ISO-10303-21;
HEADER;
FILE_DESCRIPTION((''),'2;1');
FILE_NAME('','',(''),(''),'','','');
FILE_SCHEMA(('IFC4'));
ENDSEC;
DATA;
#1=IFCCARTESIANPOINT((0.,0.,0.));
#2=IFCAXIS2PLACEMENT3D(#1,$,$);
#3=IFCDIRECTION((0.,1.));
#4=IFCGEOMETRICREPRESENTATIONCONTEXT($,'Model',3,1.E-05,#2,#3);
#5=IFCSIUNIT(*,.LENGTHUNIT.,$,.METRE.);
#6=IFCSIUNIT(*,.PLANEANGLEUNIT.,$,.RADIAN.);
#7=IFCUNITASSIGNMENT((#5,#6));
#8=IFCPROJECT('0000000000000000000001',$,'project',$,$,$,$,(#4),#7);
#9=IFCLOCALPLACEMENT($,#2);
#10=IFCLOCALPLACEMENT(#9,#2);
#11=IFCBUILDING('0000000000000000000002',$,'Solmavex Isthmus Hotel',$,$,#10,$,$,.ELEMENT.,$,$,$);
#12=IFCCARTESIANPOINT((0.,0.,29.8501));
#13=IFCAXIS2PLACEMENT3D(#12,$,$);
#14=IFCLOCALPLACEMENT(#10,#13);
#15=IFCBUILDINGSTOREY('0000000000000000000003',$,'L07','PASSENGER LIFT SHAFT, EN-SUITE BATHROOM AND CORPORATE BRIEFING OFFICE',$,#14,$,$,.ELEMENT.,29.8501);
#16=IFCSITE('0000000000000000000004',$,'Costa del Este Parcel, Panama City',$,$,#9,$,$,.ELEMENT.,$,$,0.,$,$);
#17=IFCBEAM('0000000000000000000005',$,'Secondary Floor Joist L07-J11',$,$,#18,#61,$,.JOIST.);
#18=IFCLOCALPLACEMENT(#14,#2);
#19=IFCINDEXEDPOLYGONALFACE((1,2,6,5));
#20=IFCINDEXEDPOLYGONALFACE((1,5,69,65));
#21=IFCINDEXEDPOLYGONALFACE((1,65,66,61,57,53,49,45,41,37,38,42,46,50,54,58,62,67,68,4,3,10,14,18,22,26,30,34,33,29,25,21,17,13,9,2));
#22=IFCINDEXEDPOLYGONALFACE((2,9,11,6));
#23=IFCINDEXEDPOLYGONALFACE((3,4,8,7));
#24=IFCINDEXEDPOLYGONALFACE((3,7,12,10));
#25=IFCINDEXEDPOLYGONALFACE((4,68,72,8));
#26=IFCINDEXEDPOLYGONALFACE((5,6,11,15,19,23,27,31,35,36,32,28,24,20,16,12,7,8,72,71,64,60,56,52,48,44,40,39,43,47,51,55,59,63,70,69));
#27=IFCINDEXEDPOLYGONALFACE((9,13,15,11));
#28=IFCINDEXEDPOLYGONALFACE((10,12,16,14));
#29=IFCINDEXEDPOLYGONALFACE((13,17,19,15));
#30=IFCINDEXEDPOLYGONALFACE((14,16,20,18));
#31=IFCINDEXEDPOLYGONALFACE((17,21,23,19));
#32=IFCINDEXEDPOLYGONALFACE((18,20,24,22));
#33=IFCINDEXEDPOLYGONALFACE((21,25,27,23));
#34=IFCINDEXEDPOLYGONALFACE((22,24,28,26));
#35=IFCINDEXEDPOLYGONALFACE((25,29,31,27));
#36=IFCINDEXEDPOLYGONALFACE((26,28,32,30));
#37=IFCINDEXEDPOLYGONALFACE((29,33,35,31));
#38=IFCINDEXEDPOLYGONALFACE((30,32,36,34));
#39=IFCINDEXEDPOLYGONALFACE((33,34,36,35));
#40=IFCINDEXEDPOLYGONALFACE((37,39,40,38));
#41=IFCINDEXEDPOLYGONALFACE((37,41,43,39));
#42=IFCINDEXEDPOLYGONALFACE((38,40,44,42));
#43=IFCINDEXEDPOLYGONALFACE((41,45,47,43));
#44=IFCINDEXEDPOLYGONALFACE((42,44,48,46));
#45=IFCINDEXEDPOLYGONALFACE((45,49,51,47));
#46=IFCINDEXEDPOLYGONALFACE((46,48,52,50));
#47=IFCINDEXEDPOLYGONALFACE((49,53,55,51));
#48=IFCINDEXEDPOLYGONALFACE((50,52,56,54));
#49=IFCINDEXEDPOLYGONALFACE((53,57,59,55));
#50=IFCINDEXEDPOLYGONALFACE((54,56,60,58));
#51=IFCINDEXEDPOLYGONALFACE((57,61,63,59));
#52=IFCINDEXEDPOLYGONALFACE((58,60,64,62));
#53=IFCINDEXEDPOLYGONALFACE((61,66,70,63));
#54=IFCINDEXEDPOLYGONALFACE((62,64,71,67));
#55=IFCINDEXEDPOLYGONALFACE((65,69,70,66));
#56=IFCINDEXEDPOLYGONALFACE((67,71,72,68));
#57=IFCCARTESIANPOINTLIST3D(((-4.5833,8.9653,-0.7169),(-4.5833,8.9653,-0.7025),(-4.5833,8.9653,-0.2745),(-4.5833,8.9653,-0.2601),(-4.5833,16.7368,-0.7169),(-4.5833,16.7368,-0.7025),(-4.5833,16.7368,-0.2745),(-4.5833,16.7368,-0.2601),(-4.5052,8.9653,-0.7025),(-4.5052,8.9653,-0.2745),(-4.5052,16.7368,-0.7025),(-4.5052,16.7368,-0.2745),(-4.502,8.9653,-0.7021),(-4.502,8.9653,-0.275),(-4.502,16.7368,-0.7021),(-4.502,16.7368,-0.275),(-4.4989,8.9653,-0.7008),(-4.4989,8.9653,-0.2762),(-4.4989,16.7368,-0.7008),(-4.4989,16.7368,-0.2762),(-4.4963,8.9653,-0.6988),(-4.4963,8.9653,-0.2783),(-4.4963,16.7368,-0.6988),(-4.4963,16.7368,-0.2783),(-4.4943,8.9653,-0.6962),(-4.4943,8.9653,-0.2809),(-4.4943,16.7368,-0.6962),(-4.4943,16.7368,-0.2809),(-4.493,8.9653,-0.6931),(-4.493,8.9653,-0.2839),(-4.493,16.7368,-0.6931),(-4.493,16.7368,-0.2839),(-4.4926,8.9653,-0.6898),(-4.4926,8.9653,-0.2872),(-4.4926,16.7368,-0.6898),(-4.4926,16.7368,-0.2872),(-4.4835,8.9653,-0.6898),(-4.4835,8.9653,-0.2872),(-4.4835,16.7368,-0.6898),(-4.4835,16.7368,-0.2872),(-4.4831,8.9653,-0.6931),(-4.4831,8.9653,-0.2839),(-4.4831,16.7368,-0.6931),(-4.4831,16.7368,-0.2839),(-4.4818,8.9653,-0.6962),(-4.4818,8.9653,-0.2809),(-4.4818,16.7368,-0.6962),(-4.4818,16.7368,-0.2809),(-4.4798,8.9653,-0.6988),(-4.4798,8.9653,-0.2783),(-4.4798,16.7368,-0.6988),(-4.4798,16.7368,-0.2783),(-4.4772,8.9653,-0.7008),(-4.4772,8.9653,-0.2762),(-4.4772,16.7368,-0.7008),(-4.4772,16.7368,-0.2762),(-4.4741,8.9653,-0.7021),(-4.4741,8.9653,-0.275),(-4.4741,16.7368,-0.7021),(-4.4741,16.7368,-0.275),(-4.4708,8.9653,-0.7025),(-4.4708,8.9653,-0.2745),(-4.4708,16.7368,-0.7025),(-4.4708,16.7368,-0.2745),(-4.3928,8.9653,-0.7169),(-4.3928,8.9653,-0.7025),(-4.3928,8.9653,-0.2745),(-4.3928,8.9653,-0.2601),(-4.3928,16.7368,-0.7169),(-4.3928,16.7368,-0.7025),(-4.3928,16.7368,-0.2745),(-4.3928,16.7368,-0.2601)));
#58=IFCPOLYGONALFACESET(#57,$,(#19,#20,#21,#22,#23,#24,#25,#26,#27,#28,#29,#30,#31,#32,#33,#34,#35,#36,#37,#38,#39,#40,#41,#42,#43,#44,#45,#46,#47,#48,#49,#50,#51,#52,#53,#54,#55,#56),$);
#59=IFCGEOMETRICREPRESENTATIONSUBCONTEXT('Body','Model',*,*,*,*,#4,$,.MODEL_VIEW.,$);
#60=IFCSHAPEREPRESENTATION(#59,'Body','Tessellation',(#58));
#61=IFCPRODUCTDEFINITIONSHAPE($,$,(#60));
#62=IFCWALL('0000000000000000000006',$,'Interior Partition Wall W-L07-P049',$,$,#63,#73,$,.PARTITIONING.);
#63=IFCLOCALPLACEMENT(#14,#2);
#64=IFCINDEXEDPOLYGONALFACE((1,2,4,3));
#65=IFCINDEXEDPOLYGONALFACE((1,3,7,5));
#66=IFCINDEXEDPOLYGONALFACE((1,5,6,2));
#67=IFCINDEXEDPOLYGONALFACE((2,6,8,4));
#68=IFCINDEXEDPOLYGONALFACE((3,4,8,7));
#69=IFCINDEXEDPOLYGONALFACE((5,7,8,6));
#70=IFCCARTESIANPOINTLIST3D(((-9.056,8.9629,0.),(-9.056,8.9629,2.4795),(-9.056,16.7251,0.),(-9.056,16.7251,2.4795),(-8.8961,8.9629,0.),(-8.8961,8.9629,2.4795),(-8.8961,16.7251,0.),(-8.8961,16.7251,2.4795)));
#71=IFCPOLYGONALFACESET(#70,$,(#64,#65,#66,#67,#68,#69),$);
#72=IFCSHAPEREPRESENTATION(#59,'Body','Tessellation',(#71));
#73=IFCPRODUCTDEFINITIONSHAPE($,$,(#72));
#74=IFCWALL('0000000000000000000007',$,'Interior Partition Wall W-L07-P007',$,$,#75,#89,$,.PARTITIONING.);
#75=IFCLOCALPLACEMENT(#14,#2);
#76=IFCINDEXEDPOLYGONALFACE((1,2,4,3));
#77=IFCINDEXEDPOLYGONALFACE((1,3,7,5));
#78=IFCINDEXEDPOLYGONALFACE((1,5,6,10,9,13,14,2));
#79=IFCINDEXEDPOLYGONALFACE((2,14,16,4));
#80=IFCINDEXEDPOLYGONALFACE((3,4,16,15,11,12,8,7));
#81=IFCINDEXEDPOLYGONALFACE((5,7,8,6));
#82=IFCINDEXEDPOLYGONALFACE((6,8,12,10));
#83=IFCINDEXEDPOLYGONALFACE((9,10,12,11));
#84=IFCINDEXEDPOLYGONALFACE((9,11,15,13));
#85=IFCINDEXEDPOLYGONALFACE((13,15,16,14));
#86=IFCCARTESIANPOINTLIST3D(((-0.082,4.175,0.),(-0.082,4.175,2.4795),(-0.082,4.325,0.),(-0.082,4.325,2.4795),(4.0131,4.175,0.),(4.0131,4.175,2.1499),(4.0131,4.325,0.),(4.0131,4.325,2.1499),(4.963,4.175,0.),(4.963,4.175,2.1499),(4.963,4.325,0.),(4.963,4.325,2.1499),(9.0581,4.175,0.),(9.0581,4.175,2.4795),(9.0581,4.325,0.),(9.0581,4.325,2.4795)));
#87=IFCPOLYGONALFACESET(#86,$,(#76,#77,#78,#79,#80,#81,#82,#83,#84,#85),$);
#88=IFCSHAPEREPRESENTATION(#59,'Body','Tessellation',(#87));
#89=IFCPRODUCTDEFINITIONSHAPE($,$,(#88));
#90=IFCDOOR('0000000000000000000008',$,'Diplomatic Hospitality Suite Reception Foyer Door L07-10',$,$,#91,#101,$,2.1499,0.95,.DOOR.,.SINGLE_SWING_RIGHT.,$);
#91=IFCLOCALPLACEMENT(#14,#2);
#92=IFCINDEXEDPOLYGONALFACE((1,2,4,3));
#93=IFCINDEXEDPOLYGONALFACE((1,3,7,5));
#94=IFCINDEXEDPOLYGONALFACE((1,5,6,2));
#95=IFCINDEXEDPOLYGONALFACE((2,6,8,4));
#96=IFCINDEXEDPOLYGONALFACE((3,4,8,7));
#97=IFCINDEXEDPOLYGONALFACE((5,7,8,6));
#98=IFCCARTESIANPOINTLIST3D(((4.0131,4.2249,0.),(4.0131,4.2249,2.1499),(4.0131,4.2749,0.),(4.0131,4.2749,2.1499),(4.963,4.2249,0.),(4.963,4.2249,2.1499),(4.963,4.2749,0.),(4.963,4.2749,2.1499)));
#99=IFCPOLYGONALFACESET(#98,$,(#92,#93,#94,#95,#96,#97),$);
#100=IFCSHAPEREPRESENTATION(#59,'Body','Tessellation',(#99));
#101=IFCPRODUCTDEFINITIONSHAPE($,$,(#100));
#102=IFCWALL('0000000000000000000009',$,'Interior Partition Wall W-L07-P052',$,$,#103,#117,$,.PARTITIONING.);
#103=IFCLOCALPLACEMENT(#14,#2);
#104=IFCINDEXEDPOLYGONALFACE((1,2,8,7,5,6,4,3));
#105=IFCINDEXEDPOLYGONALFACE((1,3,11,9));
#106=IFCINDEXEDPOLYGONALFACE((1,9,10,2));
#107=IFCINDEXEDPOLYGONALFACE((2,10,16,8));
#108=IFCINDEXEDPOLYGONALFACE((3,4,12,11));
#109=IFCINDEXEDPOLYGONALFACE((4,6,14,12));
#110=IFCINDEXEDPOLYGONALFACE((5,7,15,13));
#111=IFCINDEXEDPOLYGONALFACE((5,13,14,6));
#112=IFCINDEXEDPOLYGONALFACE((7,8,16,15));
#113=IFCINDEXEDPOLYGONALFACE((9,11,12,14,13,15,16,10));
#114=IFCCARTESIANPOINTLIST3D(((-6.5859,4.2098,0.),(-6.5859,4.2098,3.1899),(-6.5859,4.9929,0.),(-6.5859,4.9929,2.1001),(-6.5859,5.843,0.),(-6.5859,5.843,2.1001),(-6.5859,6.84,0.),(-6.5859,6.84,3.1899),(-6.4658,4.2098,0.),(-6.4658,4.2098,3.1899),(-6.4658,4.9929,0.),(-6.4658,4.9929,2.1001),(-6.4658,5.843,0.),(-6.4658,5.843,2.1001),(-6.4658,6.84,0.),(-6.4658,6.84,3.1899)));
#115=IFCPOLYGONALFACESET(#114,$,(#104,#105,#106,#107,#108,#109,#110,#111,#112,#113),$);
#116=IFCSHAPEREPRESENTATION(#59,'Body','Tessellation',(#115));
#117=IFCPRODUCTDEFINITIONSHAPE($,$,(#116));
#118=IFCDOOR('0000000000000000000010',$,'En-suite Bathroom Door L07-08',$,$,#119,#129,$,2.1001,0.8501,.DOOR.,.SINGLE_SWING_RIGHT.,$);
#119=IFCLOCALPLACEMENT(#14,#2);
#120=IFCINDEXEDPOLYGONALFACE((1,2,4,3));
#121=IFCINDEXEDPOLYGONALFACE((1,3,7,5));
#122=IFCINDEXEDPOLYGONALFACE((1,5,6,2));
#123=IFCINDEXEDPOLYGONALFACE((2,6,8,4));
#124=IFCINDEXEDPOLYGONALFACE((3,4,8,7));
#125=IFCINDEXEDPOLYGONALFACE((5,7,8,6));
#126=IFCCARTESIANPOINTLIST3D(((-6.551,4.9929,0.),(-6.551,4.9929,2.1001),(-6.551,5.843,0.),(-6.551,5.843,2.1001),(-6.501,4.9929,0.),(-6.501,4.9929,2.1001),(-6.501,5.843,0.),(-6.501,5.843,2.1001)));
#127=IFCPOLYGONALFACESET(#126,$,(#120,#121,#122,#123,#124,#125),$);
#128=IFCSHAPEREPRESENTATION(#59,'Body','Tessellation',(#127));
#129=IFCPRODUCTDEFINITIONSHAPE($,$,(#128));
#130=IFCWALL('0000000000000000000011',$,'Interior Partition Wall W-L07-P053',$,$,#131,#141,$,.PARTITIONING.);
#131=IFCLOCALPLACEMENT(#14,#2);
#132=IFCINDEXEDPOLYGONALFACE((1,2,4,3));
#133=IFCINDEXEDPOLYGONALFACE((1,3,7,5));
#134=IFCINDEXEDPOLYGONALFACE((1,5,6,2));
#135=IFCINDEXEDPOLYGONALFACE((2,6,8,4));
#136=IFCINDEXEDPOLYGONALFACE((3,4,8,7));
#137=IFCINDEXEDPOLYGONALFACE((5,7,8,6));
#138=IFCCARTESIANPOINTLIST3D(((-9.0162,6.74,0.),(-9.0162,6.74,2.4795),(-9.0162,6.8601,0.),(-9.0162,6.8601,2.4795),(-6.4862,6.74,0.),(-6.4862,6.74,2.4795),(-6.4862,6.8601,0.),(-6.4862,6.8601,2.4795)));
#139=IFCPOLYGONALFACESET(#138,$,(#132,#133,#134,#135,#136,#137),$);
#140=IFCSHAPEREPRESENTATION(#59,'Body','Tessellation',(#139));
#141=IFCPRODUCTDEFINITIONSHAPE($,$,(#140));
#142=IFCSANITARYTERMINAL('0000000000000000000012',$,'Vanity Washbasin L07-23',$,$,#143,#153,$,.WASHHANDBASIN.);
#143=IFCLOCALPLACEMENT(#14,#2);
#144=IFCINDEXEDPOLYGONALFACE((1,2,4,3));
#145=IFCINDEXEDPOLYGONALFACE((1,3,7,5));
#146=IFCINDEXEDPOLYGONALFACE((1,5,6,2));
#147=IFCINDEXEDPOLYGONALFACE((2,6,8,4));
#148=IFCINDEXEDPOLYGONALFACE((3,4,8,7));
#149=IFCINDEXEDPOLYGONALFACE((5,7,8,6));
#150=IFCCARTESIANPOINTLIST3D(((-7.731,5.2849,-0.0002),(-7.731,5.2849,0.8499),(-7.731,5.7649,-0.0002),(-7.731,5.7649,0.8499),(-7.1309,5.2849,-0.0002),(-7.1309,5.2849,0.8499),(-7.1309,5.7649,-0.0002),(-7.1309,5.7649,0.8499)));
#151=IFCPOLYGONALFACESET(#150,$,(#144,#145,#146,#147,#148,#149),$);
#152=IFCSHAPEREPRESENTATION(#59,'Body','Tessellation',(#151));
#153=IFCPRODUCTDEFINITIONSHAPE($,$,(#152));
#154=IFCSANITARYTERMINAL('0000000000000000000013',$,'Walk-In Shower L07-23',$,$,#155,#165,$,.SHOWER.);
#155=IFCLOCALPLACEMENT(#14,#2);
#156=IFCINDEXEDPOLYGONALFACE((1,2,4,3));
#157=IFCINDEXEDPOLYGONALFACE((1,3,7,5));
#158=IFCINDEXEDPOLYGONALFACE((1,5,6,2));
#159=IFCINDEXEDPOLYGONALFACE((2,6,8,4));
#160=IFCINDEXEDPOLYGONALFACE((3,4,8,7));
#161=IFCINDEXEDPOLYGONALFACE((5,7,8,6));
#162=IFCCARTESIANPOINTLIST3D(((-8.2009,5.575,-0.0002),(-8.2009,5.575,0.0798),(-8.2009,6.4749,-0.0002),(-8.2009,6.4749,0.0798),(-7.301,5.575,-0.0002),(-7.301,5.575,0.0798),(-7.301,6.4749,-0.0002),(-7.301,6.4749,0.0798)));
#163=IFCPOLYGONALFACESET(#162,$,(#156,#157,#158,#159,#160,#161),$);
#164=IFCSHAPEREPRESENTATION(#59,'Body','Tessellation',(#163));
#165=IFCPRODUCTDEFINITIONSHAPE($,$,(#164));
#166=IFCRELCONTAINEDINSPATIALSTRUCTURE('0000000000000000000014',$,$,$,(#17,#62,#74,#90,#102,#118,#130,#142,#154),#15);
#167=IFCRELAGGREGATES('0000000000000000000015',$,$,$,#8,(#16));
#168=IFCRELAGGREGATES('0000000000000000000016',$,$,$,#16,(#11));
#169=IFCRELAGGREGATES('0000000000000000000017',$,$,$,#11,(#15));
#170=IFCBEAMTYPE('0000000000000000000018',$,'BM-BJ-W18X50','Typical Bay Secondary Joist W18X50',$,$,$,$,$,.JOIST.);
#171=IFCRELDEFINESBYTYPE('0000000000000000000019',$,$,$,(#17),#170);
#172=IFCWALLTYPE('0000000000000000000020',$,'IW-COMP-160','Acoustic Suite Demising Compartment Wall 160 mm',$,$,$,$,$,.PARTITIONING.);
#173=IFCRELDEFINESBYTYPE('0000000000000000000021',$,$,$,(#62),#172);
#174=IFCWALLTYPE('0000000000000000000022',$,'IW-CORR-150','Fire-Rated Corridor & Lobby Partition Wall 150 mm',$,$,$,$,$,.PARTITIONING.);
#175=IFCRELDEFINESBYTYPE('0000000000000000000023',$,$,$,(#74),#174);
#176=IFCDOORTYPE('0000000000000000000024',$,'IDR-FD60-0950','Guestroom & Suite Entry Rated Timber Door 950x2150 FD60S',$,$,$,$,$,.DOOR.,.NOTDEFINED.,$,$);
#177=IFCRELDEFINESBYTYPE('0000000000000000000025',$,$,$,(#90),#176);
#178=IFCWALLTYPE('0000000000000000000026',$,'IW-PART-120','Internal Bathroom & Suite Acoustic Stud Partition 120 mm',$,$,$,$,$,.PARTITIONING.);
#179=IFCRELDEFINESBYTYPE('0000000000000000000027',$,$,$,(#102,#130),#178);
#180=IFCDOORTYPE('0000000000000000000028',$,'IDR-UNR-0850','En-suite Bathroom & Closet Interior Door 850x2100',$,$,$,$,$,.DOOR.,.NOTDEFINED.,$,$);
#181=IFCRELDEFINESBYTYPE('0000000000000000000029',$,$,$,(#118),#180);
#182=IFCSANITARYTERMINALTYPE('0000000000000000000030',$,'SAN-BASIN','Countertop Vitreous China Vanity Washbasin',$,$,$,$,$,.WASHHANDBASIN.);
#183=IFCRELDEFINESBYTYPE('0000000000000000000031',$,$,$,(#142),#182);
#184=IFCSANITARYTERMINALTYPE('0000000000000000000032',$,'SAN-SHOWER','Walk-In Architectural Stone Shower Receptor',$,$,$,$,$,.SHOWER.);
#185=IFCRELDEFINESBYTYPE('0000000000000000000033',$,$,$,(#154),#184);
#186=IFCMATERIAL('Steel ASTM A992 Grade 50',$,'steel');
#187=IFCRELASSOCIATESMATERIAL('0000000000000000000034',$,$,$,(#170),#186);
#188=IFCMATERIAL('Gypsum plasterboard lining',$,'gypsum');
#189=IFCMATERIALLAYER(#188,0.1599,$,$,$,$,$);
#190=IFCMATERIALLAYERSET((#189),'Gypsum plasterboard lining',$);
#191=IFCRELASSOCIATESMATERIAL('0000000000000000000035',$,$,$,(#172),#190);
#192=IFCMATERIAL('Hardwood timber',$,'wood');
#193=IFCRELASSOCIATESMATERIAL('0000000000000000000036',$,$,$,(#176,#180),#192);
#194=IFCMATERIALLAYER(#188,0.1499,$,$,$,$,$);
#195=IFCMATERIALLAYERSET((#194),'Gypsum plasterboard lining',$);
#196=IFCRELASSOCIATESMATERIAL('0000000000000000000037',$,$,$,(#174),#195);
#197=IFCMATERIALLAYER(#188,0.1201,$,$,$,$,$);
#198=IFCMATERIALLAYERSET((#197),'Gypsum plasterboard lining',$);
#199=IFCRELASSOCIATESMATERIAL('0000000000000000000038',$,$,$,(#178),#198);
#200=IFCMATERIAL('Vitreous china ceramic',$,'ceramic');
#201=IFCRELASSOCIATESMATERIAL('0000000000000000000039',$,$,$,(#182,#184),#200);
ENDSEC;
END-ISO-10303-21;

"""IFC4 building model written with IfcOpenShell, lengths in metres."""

from ifc_helpers import new_model, si_unit, direction, frame, frame_2d, origin, origin_2d, place, context, subcontext, project, spatial, rectangle, i_section, extrude, material, layer, layer_set, material_profile, profile_set, type_object, element, fill, save


model = new_model("IFC4")

# Units and contexts
model_context = context("Model", 3, precision=1e-05, world=origin(), true_north=direction((0.0, 1.0)))
body_context = subcontext(model_context, "Body", "Model", "MODEL_VIEW")
ifc_project = project(units=[si_unit("LENGTHUNIT", "METRE"), si_unit("PLANEANGLEUNIT", "RADIAN")], contexts=[model_context])

# Site, building, storey
site_placement = place(None, origin())
site = spatial("IfcSite", under=ifc_project, at=site_placement, Name="Costa del Este Parcel, Panama City", CompositionType="ELEMENT", RefElevation=0.0)
building_placement = place(site_placement, origin())
building = spatial("IfcBuilding", under=site, at=building_placement, Name="Solmavex Isthmus Hotel", CompositionType="ELEMENT")
storey_placement = place(building_placement, frame((0.0, 0.0, 29.8501)))
storey = spatial("IfcBuildingStorey", under=building, at=storey_placement, Name="L07", Description="PASSENGER LIFT SHAFT, EN-SUITE BATHROOM AND CORPORATE BRIEFING OFFICE", CompositionType="ELEMENT", Elevation=29.8501)

# Beam
ifc_material_1 = material(Name="Steel ASTM A992 Grade 50", Category="steel")
ifc_material_profile_1 = material_profile(ifc_material_1, i_section(OverallWidth=0.1904, OverallDepth=0.4568, WebThickness=0.009, FlangeThickness=0.0144, FilletRadius=0.0127, at=origin_2d()), Name="W18X50")
ifc_profile_set_1 = profile_set([ifc_material_profile_1], Name="Steel ASTM A992 Grade 50")
beam_type_1 = type_object("IfcBeamType", Name="BM-BJ-W18X50", Description="Typical Bay Secondary Joist W18X50", PredefinedType="JOIST", material=ifc_profile_set_1)
beam_1_placement = place(storey_placement, frame((-4.488, 8.9653, -0.4885), z_axis=(0.0, 1.0, 0.0), x_axis=(-1.0, 0.0, 0.0)))
element("IfcBeam", 1, at=beam_1_placement, inside=storey, type_object=beam_type_1, Name="Secondary Floor Joist L07-J11", PredefinedType="JOIST", context=body_context, shape_type="SweptSolid", body=[
    extrude(i_section(OverallWidth=0.1904, OverallDepth=0.4568, WebThickness=0.009, FlangeThickness=0.0144, FilletRadius=0.0127, at=origin_2d()), origin(), (0.0, 0.0, 1.0), 7.7715),
])

# Wall
ifc_material_2 = material(Name="Gypsum plasterboard lining", Category="gypsum")
ifc_layer_1 = layer(ifc_material_2, 0.1599)
ifc_layer_set_1 = layer_set([ifc_layer_1], Name="Gypsum plasterboard lining")
wall_type_1 = type_object("IfcWallType", Name="IW-COMP-160", Description="Acoustic Suite Demising Compartment Wall 160 mm", PredefinedType="PARTITIONING", material=ifc_layer_set_1)
wall_1_placement = place(storey_placement, frame((-8.9761, 16.7251, 0.0), z_axis=(0.0, 0.0, 1.0), x_axis=(0.0, -1.0, 0.0)))
element("IfcWall", 2, at=wall_1_placement, inside=storey, type_object=wall_type_1, Name="Interior Partition Wall W-L07-P049", PredefinedType="PARTITIONING", context=body_context, shape_type="SweptSolid", body=[
    extrude(rectangle(XDim=7.7622, YDim=0.1599, at=frame_2d((3.8811, 0.0))), origin(), (0.0, 0.0, 1.0), 2.4795),
])

# Walls, openings, doors
ifc_material_3 = material(Name="Hardwood timber", Category="wood")
door_type_1 = type_object("IfcDoorType", Name="IDR-FD60-0950", Description="Guestroom & Suite Entry Rated Timber Door 950x2150 FD60S", OperationType="NOTDEFINED", PredefinedType="DOOR", material=ifc_material_3)
ifc_layer_2 = layer(ifc_material_2, 0.1499)
ifc_layer_set_2 = layer_set([ifc_layer_2], Name="Gypsum plasterboard lining")
wall_type_2 = type_object("IfcWallType", Name="IW-CORR-150", Description="Fire-Rated Corridor & Lobby Partition Wall 150 mm", PredefinedType="PARTITIONING", material=ifc_layer_set_2)
wall_2_placement = place(storey_placement, frame((-0.082, 4.25, 0.0), z_axis=(0.0, 0.0, 1.0), x_axis=(1.0, 0.0, 0.0)))
wall_2 = element("IfcWall", 3, at=wall_2_placement, inside=storey, type_object=wall_type_2, Name="Interior Partition Wall W-L07-P007", PredefinedType="PARTITIONING", context=body_context, shape_type="SweptSolid", body=[
    extrude(rectangle(XDim=9.1401, YDim=0.1499, at=frame_2d((4.5701, 0.0))), origin(), (0.0, 0.0, 1.0), 2.4795),
])
opening_1_placement = place(wall_2_placement, frame((4.095, 0.0, 0.0)))
opening_1 = element("IfcOpeningElement", 4, at=opening_1_placement, cuts=wall_2, PredefinedType="OPENING", context=body_context, shape_type="SweptSolid", body=[
    extrude(rectangle(XDim=0.95, YDim=2.1499, at=frame_2d((0.4751, 1.075))), frame((0.0, 0.085, 0.0), z_axis=(0.0, -1.0, 0.0), x_axis=(1.0, 0.0, 0.0)), (0.0, 0.0, 1.0), 0.1699),
])
door_1_placement = place(opening_1_placement, origin())
door_1 = element("IfcDoor", 5, at=door_1_placement, inside=storey, type_object=door_type_1, Name="Diplomatic Hospitality Suite Reception Foyer Door L07-10", OperationType="SINGLE_SWING_RIGHT", OverallHeight=2.1499, OverallWidth=0.95, PredefinedType="DOOR", context=body_context, shape_type="SweptSolid", body=[
    extrude(rectangle(XDim=0.95, YDim=2.1499, at=frame_2d((0.4751, 1.075))), frame((0.0, 0.0249, 0.0), z_axis=(0.0, -1.0, 0.0), x_axis=(1.0, 0.0, 0.0)), (0.0, 0.0, 1.0), 0.05),
])
fill(opening_1, door_1)
ifc_layer_3 = layer(ifc_material_2, 0.1201)
ifc_layer_set_3 = layer_set([ifc_layer_3], Name="Gypsum plasterboard lining")
wall_type_3 = type_object("IfcWallType", Name="IW-PART-120", Description="Internal Bathroom & Suite Acoustic Stud Partition 120 mm", PredefinedType="PARTITIONING", material=ifc_layer_set_3)
wall_3_placement = place(storey_placement, frame((-6.5259, 4.21, 0.0), z_axis=(0.0, 0.0, 1.0), x_axis=(0.0, 1.0, 0.0)))
wall_3 = element("IfcWall", 6, at=wall_3_placement, inside=storey, type_object=wall_type_3, Name="Interior Partition Wall W-L07-P052", PredefinedType="PARTITIONING", context=body_context, shape_type="SweptSolid", body=[
    extrude(rectangle(XDim=2.6301, YDim=0.1201, at=frame_2d((1.3149, 0.0))), origin(), (0.0, 0.0, 1.0), 3.1899),
])
opening_2_placement = place(wall_3_placement, frame((0.783, 0.0, 0.0)))
opening_2 = element("IfcOpeningElement", 7, at=opening_2_placement, cuts=wall_3, PredefinedType="OPENING", context=body_context, shape_type="SweptSolid", body=[
    extrude(rectangle(XDim=0.8501, YDim=2.1001, at=frame_2d((0.425, 1.05))), frame((0.0, 0.0701, 0.0), z_axis=(0.0, -1.0, 0.0), x_axis=(1.0, 0.0, 0.0)), (0.0, 0.0, 1.0), 0.1401),
])
door_type_2 = type_object("IfcDoorType", Name="IDR-UNR-0850", Description="En-suite Bathroom & Closet Interior Door 850x2100", OperationType="NOTDEFINED", PredefinedType="DOOR", material=ifc_material_3)
door_2_placement = place(opening_2_placement, frame((0.8501, 0.0, 0.0), z_axis=(0.0, 0.0, 1.0), x_axis=(-1.0, 0.0, 0.0)))
door_2 = element("IfcDoor", 8, at=door_2_placement, inside=storey, type_object=door_type_2, Name="En-suite Bathroom Door L07-08", OperationType="SINGLE_SWING_RIGHT", OverallHeight=2.1001, OverallWidth=0.8501, PredefinedType="DOOR", context=body_context, shape_type="SweptSolid", body=[
    extrude(rectangle(XDim=0.8501, YDim=2.1001, at=frame_2d((0.425, 1.05))), frame((0.0, 0.0249, 0.0), z_axis=(0.0, -1.0, 0.0), x_axis=(1.0, 0.0, 0.0)), (0.0, 0.0, 1.0), 0.05),
])
fill(opening_2, door_2)

# Wall
wall_4_placement = place(storey_placement, frame((-6.4861, 6.8, 0.0), z_axis=(0.0, 0.0, 1.0), x_axis=(-1.0, 0.0, 0.0)))
element("IfcWall", 9, at=wall_4_placement, inside=storey, type_object=wall_type_3, Name="Interior Partition Wall W-L07-P053", PredefinedType="PARTITIONING", context=body_context, shape_type="SweptSolid", body=[
    extrude(rectangle(XDim=2.53, YDim=0.1201, at=frame_2d((1.2651, 0.0))), origin(), (0.0, 0.0, 1.0), 2.4795),
])

# Sanitary terminals
ifc_material_4 = material(Name="Vitreous china ceramic", Category="ceramic")
sanitary_terminal_type_1 = type_object("IfcSanitaryTerminalType", Name="SAN-BASIN", Description="Countertop Vitreous China Vanity Washbasin", PredefinedType="WASHHANDBASIN", material=ifc_material_4)
sanitary_terminal_1_placement = place(storey_placement, frame((-7.4309, 5.5249, -0.0002), z_axis=(0.0, 0.0, 1.0), x_axis=(1.0, 0.0, 0.0)))
element("IfcSanitaryTerminal", 10, at=sanitary_terminal_1_placement, inside=storey, type_object=sanitary_terminal_type_1, Name="Vanity Washbasin L07-23", PredefinedType="WASHHANDBASIN", context=body_context, shape_type="SweptSolid", body=[
    extrude(rectangle(XDim=0.6001, YDim=0.48, at=origin_2d()), origin(), (0.0, 0.0, 1.0), 0.8501),
])
sanitary_terminal_type_2 = type_object("IfcSanitaryTerminalType", Name="SAN-SHOWER", Description="Walk-In Architectural Stone Shower Receptor", PredefinedType="SHOWER", material=ifc_material_4)
sanitary_terminal_2_placement = place(storey_placement, frame((-7.751, 6.0249, -0.0002), z_axis=(0.0, 0.0, 1.0), x_axis=(1.0, 0.0, 0.0)))
element("IfcSanitaryTerminal", 11, at=sanitary_terminal_2_placement, inside=storey, type_object=sanitary_terminal_type_2, Name="Walk-In Shower L07-23", PredefinedType="SHOWER", context=body_context, shape_type="SweptSolid", body=[
    extrude(rectangle(XDim=0.8999, YDim=0.8999, at=origin_2d()), origin(), (0.0, 0.0, 1.0), 0.0801),
])

save(model, "model.ifc")
